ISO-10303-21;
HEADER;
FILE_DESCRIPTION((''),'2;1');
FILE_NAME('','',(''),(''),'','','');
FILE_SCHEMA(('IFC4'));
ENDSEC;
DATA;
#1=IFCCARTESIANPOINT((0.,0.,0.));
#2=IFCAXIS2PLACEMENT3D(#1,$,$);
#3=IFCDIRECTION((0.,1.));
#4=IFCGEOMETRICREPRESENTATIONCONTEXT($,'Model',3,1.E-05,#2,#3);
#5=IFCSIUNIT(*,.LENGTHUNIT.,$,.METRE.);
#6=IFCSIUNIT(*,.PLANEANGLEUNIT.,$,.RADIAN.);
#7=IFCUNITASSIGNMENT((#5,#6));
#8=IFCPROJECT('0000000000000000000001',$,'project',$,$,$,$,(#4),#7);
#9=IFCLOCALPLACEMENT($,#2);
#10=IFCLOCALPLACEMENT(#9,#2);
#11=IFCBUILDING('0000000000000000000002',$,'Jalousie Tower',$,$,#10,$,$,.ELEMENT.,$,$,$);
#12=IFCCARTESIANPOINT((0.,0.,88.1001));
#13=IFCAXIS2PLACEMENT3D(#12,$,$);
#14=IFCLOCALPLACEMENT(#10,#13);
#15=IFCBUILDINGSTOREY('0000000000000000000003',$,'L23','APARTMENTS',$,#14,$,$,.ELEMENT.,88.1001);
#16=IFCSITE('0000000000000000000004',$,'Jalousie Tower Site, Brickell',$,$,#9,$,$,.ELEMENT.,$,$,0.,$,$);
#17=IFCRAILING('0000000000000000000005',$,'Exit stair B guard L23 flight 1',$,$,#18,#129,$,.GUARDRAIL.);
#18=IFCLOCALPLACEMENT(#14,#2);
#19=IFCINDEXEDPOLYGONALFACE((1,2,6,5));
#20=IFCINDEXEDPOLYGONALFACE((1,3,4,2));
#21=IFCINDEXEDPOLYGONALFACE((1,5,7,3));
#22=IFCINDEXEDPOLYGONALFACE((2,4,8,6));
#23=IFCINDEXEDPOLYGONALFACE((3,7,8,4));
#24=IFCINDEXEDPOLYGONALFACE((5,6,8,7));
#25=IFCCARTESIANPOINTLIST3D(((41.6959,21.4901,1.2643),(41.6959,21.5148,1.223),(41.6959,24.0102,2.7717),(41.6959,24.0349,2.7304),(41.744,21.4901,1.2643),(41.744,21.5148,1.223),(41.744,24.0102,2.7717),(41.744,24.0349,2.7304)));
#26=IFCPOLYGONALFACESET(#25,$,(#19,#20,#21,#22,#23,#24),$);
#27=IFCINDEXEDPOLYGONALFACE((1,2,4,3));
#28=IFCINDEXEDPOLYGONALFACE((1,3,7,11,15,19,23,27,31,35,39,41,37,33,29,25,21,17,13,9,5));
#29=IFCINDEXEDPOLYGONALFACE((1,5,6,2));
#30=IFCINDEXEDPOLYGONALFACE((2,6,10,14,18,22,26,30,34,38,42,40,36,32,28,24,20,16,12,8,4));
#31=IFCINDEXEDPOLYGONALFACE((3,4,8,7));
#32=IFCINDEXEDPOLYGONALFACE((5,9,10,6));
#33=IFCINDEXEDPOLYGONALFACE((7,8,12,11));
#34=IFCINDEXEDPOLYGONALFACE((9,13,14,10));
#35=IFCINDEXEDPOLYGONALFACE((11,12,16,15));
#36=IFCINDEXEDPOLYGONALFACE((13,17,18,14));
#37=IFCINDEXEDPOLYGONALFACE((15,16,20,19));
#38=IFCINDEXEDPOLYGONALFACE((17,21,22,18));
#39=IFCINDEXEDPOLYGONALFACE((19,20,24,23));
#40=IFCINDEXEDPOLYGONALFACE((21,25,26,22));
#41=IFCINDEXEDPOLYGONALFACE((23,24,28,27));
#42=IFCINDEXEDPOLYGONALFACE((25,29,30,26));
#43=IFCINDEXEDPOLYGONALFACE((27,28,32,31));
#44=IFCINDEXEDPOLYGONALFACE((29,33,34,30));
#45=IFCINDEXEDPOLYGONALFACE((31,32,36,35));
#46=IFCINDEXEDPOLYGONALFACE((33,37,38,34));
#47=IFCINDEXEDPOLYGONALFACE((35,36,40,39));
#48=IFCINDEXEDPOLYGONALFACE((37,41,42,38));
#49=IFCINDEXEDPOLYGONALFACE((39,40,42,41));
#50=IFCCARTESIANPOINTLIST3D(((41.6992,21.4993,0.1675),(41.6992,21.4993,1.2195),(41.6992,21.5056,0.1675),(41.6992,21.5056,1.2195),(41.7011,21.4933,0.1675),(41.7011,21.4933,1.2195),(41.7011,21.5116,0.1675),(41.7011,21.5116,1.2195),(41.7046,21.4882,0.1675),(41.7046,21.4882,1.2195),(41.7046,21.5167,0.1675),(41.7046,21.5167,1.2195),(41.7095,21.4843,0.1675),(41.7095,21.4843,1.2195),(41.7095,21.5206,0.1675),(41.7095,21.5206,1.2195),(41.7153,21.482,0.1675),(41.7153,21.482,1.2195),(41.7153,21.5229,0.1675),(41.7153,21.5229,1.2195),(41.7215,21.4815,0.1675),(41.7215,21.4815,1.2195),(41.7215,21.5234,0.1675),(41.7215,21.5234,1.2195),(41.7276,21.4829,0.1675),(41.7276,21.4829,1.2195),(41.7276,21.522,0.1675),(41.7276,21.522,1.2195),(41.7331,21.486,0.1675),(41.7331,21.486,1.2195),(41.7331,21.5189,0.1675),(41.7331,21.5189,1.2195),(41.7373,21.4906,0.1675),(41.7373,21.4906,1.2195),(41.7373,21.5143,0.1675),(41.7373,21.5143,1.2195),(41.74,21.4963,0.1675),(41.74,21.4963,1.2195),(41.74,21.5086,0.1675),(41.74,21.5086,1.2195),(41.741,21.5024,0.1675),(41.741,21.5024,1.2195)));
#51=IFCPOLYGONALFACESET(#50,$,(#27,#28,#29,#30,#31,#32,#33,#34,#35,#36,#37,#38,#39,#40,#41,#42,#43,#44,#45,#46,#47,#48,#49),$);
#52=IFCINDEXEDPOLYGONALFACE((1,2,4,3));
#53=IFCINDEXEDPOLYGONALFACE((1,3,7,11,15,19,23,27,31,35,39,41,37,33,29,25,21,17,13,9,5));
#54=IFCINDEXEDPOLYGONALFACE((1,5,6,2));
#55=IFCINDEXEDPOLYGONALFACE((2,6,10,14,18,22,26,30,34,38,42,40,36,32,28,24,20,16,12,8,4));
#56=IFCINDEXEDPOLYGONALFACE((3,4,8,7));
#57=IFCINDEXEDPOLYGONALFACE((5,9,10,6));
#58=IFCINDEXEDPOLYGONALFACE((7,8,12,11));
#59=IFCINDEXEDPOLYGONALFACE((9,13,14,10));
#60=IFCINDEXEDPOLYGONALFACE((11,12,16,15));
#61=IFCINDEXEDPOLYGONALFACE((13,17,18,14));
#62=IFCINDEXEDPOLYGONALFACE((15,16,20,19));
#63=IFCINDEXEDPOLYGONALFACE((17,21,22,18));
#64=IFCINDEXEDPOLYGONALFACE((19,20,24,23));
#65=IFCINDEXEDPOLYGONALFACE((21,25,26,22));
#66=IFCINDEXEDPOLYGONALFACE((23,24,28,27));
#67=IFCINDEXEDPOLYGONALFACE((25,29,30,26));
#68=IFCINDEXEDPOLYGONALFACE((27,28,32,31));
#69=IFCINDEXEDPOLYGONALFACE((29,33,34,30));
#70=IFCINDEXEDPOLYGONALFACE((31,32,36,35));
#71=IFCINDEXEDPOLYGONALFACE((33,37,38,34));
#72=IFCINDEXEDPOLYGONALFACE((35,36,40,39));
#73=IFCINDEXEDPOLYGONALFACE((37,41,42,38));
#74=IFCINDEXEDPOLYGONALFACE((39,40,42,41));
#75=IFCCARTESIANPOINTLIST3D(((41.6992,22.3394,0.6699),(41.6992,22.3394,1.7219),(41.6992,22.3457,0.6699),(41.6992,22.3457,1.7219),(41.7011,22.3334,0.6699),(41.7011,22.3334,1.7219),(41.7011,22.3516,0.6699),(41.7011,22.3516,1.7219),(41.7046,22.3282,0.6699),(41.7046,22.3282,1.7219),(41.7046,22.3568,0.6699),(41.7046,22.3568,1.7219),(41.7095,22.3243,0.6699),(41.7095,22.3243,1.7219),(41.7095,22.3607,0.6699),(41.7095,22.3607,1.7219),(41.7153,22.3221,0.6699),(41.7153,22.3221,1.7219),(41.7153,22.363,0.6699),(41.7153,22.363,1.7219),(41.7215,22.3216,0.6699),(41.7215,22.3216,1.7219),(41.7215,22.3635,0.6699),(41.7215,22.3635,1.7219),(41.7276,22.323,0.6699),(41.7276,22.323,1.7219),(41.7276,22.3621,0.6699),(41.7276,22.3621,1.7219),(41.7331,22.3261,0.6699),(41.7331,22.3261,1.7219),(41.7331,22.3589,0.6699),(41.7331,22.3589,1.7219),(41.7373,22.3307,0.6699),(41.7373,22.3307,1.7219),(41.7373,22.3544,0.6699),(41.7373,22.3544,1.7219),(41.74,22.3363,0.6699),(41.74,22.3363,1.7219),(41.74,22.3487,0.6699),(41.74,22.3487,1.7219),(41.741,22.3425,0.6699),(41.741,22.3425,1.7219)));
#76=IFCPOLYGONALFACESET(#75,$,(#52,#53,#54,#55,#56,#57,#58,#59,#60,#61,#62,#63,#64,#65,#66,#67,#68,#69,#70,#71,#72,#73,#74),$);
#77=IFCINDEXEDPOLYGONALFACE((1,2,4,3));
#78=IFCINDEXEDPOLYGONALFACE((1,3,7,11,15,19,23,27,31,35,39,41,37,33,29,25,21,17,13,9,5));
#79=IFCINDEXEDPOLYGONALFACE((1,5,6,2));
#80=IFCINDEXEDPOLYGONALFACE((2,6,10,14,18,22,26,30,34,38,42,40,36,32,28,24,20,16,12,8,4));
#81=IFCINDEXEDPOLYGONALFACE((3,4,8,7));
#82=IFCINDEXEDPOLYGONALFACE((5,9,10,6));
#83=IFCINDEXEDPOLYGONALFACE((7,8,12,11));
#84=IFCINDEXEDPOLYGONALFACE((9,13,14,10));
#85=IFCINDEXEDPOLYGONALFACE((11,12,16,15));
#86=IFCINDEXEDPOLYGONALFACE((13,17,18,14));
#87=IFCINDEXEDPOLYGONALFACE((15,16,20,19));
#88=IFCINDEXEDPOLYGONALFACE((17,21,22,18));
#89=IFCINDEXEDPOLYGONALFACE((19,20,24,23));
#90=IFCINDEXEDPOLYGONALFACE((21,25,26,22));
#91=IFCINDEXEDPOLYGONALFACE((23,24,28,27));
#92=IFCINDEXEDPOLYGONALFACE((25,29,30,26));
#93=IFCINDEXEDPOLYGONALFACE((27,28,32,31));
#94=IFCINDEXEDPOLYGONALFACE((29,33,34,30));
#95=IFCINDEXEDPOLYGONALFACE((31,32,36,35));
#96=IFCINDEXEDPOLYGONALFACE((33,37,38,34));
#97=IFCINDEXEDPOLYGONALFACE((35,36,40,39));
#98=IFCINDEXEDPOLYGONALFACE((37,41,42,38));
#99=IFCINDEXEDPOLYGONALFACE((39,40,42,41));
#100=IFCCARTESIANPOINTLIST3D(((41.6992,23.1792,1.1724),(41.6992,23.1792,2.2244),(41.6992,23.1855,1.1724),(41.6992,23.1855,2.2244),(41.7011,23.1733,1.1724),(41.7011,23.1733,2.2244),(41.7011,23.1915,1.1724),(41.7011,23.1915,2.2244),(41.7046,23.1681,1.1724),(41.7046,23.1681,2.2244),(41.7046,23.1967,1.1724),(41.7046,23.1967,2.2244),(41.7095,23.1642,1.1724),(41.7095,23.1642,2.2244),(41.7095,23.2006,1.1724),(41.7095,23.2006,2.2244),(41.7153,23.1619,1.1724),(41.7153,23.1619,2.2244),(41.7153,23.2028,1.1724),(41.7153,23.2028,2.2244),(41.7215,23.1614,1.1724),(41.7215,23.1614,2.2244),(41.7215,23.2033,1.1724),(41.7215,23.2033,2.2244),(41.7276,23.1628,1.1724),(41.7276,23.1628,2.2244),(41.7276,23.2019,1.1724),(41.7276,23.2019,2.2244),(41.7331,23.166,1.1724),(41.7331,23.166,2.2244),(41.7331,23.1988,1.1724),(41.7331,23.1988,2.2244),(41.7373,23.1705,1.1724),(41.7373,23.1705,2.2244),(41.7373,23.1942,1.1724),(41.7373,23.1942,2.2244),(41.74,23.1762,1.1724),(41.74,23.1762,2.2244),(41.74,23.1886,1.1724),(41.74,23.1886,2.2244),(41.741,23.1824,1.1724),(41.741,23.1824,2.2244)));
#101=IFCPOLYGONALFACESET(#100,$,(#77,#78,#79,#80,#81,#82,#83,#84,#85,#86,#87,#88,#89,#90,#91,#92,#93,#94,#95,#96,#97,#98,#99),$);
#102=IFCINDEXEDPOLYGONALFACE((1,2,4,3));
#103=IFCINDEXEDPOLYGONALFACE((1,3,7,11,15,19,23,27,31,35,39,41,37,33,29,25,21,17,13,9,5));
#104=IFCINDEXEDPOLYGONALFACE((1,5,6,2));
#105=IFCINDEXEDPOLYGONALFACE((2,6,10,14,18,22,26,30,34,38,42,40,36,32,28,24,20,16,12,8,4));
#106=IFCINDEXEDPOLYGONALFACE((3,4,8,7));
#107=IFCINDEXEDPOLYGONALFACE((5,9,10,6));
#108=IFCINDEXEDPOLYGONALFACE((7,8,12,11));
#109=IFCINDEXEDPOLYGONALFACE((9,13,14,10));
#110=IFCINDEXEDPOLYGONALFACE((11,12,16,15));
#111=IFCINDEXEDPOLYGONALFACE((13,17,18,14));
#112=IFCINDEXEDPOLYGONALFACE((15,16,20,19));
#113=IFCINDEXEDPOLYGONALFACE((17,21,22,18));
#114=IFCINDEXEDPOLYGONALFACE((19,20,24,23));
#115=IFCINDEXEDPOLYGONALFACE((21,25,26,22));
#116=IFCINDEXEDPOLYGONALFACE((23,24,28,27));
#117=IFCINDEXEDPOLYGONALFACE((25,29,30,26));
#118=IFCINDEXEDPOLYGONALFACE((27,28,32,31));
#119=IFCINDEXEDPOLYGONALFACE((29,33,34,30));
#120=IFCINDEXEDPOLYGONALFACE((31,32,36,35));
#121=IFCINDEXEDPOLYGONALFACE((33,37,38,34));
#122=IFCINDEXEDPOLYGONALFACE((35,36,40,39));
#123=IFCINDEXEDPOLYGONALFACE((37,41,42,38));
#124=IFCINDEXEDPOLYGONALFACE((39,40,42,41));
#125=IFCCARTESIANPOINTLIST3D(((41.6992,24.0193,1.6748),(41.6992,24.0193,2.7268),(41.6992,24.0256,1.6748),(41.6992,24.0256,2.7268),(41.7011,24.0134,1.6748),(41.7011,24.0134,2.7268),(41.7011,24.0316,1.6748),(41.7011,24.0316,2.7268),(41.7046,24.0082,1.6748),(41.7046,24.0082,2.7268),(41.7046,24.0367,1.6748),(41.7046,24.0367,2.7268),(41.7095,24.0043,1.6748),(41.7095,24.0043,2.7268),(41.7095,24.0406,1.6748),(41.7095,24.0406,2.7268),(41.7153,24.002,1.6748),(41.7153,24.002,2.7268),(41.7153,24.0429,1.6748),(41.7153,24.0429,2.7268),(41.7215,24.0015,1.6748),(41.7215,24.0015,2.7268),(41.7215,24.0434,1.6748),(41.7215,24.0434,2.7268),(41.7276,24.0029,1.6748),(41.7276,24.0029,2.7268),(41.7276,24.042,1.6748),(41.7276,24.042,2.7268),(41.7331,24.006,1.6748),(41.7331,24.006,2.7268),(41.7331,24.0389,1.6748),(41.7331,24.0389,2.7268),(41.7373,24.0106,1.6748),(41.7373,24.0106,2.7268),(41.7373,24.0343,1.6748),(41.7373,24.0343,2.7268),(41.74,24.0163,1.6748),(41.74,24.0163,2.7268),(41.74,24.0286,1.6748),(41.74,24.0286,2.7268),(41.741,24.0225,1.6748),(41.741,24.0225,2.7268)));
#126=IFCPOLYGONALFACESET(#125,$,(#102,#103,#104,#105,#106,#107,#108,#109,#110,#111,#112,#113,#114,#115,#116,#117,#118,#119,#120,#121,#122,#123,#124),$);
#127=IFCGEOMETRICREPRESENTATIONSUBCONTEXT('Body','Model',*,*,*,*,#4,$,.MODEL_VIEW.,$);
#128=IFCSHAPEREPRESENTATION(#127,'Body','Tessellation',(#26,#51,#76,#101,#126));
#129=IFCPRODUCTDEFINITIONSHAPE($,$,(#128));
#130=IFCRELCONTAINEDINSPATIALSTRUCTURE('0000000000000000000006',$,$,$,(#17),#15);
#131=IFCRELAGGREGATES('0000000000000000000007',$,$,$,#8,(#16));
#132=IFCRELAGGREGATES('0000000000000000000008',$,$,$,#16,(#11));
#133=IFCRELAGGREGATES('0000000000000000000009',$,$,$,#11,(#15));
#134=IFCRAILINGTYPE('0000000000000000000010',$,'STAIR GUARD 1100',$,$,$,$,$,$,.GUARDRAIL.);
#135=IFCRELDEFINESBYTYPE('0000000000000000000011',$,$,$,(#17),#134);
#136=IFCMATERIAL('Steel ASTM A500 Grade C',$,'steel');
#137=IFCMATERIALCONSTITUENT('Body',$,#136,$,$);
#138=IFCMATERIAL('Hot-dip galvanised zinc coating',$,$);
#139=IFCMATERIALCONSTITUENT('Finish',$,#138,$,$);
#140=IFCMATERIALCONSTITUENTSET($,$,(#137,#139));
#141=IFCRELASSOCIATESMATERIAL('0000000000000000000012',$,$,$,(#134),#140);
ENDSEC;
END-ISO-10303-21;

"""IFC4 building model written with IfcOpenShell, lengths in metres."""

from ifc_helpers import new_model, si_unit, direction, frame, origin, origin_2d, place, context, subcontext, project, spatial, rectangle, circle, extrude, material, constituent, constituent_set, type_object, element, save


model = new_model("IFC4")

# Units and contexts
model_context = context("Model", 3, precision=1e-05, world=origin(), true_north=direction((0.0, 1.0)))
body_context = subcontext(model_context, "Body", "Model", "MODEL_VIEW")
ifc_project = project(units=[si_unit("LENGTHUNIT", "METRE"), si_unit("PLANEANGLEUNIT", "RADIAN")], contexts=[model_context])

# Site, building, storey
site_placement = place(None, origin())
site = spatial("IfcSite", under=ifc_project, at=site_placement, Name="Jalousie Tower Site, Brickell", CompositionType="ELEMENT", RefElevation=0.0)
building_placement = place(site_placement, origin())
building = spatial("IfcBuilding", under=site, at=building_placement, Name="Jalousie Tower", CompositionType="ELEMENT")
storey_placement = place(building_placement, frame((0.0, 0.0, 88.1001)))
storey = spatial("IfcBuildingStorey", under=building, at=storey_placement, Name="L23", Description="APARTMENTS", CompositionType="ELEMENT", Elevation=88.1001)

# Railing
ifc_material_1 = material(Name="Steel ASTM A500 Grade C", Category="steel")
ifc_constituent_1 = constituent(ifc_material_1, Name="Body")
ifc_material_2 = material(Name="Hot-dip galvanised zinc coating")
ifc_constituent_2 = constituent(ifc_material_2, Name="Finish")
ifc_constituent_set_1 = constituent_set(constituents=[ifc_constituent_1, ifc_constituent_2])
railing_type_1 = type_object("IfcRailingType", Name="STAIR GUARD 1100", PredefinedType="GUARDRAIL", material=ifc_constituent_set_1)
railing_1_placement = place(storey_placement, frame((41.72, 21.5024, 0.1675)))
element("IfcRailing", 1, at=railing_1_placement, inside=storey, type_object=railing_type_1, Name="Exit stair B guard L23 flight 1", PredefinedType="GUARDRAIL", context=body_context, shape_type="SweptSolid", body=[
    extrude(rectangle(XDim=0.0481, YDim=0.0481, at=origin_2d()), frame((0.0, 0.0, 1.0762), z_axis=(0.0, 0.858196, 0.513321), x_axis=(-1.0, 0.0, 0.0)), (0.0, 0.0, 1.0), 2.9365),
    extrude(circle(Radius=0.021, at=origin_2d()), origin(), (0.0, 0.0, 1.0), 1.052),
    extrude(circle(Radius=0.021, at=origin_2d()), frame((0.0, 0.8401, 0.5024)), (0.0, 0.0, 1.0), 1.052),
    extrude(circle(Radius=0.021, at=origin_2d()), frame((0.0, 1.6799, 1.0049)), (0.0, 0.0, 1.0), 1.052),
    extrude(circle(Radius=0.021, at=origin_2d()), frame((0.0, 2.52, 1.5073)), (0.0, 0.0, 1.0), 1.052),
])

save(model, "model.ifc")
